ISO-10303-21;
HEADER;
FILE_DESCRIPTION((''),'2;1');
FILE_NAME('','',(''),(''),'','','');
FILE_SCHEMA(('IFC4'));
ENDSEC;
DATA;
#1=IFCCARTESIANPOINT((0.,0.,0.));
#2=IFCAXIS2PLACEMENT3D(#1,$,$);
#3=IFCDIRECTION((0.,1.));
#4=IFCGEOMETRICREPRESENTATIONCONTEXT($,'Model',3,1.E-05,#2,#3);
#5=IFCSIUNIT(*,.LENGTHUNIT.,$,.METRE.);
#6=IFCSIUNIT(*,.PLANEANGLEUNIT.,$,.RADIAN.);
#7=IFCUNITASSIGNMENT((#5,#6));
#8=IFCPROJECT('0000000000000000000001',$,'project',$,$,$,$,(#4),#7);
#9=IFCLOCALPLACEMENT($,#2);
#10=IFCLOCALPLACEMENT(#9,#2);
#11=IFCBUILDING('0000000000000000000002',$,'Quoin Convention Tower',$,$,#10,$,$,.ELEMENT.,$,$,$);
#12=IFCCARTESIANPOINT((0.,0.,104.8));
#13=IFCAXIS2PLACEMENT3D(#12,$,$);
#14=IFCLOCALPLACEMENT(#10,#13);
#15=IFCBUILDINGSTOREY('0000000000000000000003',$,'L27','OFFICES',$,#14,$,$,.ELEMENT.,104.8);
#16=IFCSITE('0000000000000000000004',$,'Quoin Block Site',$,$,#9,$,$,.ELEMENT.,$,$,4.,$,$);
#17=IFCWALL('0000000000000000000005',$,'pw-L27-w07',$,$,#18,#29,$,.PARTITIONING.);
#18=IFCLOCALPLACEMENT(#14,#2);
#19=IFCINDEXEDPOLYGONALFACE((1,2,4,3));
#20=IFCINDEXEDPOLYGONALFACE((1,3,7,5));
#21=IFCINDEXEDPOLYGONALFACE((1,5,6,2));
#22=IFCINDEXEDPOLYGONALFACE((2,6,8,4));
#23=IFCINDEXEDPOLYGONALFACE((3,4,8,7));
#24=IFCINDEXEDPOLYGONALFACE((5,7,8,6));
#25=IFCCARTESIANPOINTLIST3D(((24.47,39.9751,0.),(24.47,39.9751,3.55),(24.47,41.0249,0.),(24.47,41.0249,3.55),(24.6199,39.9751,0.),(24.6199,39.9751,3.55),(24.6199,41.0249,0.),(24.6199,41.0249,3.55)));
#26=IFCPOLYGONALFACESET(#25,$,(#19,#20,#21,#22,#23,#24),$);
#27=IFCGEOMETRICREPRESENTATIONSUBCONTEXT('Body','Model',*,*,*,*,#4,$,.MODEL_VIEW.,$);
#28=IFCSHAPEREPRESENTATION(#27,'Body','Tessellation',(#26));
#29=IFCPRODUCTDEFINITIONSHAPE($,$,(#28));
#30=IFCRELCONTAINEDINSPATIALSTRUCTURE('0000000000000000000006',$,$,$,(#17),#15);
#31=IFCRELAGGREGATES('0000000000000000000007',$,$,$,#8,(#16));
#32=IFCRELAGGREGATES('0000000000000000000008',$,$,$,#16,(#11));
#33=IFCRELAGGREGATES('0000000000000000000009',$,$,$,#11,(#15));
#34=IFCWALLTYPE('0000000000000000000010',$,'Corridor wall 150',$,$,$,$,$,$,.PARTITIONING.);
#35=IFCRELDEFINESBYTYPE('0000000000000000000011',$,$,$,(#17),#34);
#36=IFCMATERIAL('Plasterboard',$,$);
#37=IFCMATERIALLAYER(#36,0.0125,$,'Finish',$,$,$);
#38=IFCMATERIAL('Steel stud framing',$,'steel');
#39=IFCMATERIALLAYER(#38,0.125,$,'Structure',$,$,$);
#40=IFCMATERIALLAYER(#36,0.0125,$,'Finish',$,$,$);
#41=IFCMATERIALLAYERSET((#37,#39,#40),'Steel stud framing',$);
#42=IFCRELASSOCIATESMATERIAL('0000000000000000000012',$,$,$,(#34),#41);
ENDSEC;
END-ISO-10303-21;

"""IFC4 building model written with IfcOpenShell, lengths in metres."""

from ifc_helpers import new_model, si_unit, direction, frame, frame_2d, origin, place, context, subcontext, project, spatial, rectangle, extrude, material, layer, layer_set, type_object, element, save


model = new_model("IFC4")

# Units and contexts
model_context = context("Model", 3, precision=1e-05, world=origin(), true_north=direction((0.0, 1.0)))
body_context = subcontext(model_context, "Body", "Model", "MODEL_VIEW")
ifc_project = project(units=[si_unit("LENGTHUNIT", "METRE"), si_unit("PLANEANGLEUNIT", "RADIAN")], contexts=[model_context])

# Site, building, storey
site_placement = place(None, origin())
site = spatial("IfcSite", under=ifc_project, at=site_placement, Name="Quoin Block Site", CompositionType="ELEMENT", RefElevation=4.0)
building_placement = place(site_placement, origin())
building = spatial("IfcBuilding", under=site, at=building_placement, Name="Quoin Convention Tower", CompositionType="ELEMENT")
storey_placement = place(building_placement, frame((0.0, 0.0, 104.8)))
storey = spatial("IfcBuildingStorey", under=building, at=storey_placement, Name="L27", Description="OFFICES", CompositionType="ELEMENT", Elevation=104.8)

# Wall
ifc_material_1 = material(Name="Plasterboard")
ifc_layer_1 = layer(ifc_material_1, 0.0125, Name="Finish")
ifc_material_2 = material(Name="Steel stud framing", Category="steel")
ifc_layer_2 = layer(ifc_material_2, 0.125, Name="Structure")
ifc_layer_3 = layer(ifc_material_1, 0.0125, Name="Finish")
ifc_layer_set_1 = layer_set([ifc_layer_1, ifc_layer_2, ifc_layer_3], Name="Steel stud framing")
wall_type_1 = type_object("IfcWallType", Name="Corridor wall 150", PredefinedType="PARTITIONING", material=ifc_layer_set_1)
wall_1_placement = place(storey_placement, frame((24.5449, 39.9751, 0.0), z_axis=(0.0, 0.0, 1.0), x_axis=(0.0, 1.0, 0.0)))
element("IfcWall", 1, at=wall_1_placement, inside=storey, type_object=wall_type_1, Name="pw-L27-w07", PredefinedType="PARTITIONING", context=body_context, shape_type="SweptSolid", body=[
    extrude(rectangle(XDim=1.0498, YDim=0.1499, at=frame_2d((0.5249, 0.0))), origin(), (0.0, 0.0, 1.0), 3.55),
])

save(model, "model.ifc")
